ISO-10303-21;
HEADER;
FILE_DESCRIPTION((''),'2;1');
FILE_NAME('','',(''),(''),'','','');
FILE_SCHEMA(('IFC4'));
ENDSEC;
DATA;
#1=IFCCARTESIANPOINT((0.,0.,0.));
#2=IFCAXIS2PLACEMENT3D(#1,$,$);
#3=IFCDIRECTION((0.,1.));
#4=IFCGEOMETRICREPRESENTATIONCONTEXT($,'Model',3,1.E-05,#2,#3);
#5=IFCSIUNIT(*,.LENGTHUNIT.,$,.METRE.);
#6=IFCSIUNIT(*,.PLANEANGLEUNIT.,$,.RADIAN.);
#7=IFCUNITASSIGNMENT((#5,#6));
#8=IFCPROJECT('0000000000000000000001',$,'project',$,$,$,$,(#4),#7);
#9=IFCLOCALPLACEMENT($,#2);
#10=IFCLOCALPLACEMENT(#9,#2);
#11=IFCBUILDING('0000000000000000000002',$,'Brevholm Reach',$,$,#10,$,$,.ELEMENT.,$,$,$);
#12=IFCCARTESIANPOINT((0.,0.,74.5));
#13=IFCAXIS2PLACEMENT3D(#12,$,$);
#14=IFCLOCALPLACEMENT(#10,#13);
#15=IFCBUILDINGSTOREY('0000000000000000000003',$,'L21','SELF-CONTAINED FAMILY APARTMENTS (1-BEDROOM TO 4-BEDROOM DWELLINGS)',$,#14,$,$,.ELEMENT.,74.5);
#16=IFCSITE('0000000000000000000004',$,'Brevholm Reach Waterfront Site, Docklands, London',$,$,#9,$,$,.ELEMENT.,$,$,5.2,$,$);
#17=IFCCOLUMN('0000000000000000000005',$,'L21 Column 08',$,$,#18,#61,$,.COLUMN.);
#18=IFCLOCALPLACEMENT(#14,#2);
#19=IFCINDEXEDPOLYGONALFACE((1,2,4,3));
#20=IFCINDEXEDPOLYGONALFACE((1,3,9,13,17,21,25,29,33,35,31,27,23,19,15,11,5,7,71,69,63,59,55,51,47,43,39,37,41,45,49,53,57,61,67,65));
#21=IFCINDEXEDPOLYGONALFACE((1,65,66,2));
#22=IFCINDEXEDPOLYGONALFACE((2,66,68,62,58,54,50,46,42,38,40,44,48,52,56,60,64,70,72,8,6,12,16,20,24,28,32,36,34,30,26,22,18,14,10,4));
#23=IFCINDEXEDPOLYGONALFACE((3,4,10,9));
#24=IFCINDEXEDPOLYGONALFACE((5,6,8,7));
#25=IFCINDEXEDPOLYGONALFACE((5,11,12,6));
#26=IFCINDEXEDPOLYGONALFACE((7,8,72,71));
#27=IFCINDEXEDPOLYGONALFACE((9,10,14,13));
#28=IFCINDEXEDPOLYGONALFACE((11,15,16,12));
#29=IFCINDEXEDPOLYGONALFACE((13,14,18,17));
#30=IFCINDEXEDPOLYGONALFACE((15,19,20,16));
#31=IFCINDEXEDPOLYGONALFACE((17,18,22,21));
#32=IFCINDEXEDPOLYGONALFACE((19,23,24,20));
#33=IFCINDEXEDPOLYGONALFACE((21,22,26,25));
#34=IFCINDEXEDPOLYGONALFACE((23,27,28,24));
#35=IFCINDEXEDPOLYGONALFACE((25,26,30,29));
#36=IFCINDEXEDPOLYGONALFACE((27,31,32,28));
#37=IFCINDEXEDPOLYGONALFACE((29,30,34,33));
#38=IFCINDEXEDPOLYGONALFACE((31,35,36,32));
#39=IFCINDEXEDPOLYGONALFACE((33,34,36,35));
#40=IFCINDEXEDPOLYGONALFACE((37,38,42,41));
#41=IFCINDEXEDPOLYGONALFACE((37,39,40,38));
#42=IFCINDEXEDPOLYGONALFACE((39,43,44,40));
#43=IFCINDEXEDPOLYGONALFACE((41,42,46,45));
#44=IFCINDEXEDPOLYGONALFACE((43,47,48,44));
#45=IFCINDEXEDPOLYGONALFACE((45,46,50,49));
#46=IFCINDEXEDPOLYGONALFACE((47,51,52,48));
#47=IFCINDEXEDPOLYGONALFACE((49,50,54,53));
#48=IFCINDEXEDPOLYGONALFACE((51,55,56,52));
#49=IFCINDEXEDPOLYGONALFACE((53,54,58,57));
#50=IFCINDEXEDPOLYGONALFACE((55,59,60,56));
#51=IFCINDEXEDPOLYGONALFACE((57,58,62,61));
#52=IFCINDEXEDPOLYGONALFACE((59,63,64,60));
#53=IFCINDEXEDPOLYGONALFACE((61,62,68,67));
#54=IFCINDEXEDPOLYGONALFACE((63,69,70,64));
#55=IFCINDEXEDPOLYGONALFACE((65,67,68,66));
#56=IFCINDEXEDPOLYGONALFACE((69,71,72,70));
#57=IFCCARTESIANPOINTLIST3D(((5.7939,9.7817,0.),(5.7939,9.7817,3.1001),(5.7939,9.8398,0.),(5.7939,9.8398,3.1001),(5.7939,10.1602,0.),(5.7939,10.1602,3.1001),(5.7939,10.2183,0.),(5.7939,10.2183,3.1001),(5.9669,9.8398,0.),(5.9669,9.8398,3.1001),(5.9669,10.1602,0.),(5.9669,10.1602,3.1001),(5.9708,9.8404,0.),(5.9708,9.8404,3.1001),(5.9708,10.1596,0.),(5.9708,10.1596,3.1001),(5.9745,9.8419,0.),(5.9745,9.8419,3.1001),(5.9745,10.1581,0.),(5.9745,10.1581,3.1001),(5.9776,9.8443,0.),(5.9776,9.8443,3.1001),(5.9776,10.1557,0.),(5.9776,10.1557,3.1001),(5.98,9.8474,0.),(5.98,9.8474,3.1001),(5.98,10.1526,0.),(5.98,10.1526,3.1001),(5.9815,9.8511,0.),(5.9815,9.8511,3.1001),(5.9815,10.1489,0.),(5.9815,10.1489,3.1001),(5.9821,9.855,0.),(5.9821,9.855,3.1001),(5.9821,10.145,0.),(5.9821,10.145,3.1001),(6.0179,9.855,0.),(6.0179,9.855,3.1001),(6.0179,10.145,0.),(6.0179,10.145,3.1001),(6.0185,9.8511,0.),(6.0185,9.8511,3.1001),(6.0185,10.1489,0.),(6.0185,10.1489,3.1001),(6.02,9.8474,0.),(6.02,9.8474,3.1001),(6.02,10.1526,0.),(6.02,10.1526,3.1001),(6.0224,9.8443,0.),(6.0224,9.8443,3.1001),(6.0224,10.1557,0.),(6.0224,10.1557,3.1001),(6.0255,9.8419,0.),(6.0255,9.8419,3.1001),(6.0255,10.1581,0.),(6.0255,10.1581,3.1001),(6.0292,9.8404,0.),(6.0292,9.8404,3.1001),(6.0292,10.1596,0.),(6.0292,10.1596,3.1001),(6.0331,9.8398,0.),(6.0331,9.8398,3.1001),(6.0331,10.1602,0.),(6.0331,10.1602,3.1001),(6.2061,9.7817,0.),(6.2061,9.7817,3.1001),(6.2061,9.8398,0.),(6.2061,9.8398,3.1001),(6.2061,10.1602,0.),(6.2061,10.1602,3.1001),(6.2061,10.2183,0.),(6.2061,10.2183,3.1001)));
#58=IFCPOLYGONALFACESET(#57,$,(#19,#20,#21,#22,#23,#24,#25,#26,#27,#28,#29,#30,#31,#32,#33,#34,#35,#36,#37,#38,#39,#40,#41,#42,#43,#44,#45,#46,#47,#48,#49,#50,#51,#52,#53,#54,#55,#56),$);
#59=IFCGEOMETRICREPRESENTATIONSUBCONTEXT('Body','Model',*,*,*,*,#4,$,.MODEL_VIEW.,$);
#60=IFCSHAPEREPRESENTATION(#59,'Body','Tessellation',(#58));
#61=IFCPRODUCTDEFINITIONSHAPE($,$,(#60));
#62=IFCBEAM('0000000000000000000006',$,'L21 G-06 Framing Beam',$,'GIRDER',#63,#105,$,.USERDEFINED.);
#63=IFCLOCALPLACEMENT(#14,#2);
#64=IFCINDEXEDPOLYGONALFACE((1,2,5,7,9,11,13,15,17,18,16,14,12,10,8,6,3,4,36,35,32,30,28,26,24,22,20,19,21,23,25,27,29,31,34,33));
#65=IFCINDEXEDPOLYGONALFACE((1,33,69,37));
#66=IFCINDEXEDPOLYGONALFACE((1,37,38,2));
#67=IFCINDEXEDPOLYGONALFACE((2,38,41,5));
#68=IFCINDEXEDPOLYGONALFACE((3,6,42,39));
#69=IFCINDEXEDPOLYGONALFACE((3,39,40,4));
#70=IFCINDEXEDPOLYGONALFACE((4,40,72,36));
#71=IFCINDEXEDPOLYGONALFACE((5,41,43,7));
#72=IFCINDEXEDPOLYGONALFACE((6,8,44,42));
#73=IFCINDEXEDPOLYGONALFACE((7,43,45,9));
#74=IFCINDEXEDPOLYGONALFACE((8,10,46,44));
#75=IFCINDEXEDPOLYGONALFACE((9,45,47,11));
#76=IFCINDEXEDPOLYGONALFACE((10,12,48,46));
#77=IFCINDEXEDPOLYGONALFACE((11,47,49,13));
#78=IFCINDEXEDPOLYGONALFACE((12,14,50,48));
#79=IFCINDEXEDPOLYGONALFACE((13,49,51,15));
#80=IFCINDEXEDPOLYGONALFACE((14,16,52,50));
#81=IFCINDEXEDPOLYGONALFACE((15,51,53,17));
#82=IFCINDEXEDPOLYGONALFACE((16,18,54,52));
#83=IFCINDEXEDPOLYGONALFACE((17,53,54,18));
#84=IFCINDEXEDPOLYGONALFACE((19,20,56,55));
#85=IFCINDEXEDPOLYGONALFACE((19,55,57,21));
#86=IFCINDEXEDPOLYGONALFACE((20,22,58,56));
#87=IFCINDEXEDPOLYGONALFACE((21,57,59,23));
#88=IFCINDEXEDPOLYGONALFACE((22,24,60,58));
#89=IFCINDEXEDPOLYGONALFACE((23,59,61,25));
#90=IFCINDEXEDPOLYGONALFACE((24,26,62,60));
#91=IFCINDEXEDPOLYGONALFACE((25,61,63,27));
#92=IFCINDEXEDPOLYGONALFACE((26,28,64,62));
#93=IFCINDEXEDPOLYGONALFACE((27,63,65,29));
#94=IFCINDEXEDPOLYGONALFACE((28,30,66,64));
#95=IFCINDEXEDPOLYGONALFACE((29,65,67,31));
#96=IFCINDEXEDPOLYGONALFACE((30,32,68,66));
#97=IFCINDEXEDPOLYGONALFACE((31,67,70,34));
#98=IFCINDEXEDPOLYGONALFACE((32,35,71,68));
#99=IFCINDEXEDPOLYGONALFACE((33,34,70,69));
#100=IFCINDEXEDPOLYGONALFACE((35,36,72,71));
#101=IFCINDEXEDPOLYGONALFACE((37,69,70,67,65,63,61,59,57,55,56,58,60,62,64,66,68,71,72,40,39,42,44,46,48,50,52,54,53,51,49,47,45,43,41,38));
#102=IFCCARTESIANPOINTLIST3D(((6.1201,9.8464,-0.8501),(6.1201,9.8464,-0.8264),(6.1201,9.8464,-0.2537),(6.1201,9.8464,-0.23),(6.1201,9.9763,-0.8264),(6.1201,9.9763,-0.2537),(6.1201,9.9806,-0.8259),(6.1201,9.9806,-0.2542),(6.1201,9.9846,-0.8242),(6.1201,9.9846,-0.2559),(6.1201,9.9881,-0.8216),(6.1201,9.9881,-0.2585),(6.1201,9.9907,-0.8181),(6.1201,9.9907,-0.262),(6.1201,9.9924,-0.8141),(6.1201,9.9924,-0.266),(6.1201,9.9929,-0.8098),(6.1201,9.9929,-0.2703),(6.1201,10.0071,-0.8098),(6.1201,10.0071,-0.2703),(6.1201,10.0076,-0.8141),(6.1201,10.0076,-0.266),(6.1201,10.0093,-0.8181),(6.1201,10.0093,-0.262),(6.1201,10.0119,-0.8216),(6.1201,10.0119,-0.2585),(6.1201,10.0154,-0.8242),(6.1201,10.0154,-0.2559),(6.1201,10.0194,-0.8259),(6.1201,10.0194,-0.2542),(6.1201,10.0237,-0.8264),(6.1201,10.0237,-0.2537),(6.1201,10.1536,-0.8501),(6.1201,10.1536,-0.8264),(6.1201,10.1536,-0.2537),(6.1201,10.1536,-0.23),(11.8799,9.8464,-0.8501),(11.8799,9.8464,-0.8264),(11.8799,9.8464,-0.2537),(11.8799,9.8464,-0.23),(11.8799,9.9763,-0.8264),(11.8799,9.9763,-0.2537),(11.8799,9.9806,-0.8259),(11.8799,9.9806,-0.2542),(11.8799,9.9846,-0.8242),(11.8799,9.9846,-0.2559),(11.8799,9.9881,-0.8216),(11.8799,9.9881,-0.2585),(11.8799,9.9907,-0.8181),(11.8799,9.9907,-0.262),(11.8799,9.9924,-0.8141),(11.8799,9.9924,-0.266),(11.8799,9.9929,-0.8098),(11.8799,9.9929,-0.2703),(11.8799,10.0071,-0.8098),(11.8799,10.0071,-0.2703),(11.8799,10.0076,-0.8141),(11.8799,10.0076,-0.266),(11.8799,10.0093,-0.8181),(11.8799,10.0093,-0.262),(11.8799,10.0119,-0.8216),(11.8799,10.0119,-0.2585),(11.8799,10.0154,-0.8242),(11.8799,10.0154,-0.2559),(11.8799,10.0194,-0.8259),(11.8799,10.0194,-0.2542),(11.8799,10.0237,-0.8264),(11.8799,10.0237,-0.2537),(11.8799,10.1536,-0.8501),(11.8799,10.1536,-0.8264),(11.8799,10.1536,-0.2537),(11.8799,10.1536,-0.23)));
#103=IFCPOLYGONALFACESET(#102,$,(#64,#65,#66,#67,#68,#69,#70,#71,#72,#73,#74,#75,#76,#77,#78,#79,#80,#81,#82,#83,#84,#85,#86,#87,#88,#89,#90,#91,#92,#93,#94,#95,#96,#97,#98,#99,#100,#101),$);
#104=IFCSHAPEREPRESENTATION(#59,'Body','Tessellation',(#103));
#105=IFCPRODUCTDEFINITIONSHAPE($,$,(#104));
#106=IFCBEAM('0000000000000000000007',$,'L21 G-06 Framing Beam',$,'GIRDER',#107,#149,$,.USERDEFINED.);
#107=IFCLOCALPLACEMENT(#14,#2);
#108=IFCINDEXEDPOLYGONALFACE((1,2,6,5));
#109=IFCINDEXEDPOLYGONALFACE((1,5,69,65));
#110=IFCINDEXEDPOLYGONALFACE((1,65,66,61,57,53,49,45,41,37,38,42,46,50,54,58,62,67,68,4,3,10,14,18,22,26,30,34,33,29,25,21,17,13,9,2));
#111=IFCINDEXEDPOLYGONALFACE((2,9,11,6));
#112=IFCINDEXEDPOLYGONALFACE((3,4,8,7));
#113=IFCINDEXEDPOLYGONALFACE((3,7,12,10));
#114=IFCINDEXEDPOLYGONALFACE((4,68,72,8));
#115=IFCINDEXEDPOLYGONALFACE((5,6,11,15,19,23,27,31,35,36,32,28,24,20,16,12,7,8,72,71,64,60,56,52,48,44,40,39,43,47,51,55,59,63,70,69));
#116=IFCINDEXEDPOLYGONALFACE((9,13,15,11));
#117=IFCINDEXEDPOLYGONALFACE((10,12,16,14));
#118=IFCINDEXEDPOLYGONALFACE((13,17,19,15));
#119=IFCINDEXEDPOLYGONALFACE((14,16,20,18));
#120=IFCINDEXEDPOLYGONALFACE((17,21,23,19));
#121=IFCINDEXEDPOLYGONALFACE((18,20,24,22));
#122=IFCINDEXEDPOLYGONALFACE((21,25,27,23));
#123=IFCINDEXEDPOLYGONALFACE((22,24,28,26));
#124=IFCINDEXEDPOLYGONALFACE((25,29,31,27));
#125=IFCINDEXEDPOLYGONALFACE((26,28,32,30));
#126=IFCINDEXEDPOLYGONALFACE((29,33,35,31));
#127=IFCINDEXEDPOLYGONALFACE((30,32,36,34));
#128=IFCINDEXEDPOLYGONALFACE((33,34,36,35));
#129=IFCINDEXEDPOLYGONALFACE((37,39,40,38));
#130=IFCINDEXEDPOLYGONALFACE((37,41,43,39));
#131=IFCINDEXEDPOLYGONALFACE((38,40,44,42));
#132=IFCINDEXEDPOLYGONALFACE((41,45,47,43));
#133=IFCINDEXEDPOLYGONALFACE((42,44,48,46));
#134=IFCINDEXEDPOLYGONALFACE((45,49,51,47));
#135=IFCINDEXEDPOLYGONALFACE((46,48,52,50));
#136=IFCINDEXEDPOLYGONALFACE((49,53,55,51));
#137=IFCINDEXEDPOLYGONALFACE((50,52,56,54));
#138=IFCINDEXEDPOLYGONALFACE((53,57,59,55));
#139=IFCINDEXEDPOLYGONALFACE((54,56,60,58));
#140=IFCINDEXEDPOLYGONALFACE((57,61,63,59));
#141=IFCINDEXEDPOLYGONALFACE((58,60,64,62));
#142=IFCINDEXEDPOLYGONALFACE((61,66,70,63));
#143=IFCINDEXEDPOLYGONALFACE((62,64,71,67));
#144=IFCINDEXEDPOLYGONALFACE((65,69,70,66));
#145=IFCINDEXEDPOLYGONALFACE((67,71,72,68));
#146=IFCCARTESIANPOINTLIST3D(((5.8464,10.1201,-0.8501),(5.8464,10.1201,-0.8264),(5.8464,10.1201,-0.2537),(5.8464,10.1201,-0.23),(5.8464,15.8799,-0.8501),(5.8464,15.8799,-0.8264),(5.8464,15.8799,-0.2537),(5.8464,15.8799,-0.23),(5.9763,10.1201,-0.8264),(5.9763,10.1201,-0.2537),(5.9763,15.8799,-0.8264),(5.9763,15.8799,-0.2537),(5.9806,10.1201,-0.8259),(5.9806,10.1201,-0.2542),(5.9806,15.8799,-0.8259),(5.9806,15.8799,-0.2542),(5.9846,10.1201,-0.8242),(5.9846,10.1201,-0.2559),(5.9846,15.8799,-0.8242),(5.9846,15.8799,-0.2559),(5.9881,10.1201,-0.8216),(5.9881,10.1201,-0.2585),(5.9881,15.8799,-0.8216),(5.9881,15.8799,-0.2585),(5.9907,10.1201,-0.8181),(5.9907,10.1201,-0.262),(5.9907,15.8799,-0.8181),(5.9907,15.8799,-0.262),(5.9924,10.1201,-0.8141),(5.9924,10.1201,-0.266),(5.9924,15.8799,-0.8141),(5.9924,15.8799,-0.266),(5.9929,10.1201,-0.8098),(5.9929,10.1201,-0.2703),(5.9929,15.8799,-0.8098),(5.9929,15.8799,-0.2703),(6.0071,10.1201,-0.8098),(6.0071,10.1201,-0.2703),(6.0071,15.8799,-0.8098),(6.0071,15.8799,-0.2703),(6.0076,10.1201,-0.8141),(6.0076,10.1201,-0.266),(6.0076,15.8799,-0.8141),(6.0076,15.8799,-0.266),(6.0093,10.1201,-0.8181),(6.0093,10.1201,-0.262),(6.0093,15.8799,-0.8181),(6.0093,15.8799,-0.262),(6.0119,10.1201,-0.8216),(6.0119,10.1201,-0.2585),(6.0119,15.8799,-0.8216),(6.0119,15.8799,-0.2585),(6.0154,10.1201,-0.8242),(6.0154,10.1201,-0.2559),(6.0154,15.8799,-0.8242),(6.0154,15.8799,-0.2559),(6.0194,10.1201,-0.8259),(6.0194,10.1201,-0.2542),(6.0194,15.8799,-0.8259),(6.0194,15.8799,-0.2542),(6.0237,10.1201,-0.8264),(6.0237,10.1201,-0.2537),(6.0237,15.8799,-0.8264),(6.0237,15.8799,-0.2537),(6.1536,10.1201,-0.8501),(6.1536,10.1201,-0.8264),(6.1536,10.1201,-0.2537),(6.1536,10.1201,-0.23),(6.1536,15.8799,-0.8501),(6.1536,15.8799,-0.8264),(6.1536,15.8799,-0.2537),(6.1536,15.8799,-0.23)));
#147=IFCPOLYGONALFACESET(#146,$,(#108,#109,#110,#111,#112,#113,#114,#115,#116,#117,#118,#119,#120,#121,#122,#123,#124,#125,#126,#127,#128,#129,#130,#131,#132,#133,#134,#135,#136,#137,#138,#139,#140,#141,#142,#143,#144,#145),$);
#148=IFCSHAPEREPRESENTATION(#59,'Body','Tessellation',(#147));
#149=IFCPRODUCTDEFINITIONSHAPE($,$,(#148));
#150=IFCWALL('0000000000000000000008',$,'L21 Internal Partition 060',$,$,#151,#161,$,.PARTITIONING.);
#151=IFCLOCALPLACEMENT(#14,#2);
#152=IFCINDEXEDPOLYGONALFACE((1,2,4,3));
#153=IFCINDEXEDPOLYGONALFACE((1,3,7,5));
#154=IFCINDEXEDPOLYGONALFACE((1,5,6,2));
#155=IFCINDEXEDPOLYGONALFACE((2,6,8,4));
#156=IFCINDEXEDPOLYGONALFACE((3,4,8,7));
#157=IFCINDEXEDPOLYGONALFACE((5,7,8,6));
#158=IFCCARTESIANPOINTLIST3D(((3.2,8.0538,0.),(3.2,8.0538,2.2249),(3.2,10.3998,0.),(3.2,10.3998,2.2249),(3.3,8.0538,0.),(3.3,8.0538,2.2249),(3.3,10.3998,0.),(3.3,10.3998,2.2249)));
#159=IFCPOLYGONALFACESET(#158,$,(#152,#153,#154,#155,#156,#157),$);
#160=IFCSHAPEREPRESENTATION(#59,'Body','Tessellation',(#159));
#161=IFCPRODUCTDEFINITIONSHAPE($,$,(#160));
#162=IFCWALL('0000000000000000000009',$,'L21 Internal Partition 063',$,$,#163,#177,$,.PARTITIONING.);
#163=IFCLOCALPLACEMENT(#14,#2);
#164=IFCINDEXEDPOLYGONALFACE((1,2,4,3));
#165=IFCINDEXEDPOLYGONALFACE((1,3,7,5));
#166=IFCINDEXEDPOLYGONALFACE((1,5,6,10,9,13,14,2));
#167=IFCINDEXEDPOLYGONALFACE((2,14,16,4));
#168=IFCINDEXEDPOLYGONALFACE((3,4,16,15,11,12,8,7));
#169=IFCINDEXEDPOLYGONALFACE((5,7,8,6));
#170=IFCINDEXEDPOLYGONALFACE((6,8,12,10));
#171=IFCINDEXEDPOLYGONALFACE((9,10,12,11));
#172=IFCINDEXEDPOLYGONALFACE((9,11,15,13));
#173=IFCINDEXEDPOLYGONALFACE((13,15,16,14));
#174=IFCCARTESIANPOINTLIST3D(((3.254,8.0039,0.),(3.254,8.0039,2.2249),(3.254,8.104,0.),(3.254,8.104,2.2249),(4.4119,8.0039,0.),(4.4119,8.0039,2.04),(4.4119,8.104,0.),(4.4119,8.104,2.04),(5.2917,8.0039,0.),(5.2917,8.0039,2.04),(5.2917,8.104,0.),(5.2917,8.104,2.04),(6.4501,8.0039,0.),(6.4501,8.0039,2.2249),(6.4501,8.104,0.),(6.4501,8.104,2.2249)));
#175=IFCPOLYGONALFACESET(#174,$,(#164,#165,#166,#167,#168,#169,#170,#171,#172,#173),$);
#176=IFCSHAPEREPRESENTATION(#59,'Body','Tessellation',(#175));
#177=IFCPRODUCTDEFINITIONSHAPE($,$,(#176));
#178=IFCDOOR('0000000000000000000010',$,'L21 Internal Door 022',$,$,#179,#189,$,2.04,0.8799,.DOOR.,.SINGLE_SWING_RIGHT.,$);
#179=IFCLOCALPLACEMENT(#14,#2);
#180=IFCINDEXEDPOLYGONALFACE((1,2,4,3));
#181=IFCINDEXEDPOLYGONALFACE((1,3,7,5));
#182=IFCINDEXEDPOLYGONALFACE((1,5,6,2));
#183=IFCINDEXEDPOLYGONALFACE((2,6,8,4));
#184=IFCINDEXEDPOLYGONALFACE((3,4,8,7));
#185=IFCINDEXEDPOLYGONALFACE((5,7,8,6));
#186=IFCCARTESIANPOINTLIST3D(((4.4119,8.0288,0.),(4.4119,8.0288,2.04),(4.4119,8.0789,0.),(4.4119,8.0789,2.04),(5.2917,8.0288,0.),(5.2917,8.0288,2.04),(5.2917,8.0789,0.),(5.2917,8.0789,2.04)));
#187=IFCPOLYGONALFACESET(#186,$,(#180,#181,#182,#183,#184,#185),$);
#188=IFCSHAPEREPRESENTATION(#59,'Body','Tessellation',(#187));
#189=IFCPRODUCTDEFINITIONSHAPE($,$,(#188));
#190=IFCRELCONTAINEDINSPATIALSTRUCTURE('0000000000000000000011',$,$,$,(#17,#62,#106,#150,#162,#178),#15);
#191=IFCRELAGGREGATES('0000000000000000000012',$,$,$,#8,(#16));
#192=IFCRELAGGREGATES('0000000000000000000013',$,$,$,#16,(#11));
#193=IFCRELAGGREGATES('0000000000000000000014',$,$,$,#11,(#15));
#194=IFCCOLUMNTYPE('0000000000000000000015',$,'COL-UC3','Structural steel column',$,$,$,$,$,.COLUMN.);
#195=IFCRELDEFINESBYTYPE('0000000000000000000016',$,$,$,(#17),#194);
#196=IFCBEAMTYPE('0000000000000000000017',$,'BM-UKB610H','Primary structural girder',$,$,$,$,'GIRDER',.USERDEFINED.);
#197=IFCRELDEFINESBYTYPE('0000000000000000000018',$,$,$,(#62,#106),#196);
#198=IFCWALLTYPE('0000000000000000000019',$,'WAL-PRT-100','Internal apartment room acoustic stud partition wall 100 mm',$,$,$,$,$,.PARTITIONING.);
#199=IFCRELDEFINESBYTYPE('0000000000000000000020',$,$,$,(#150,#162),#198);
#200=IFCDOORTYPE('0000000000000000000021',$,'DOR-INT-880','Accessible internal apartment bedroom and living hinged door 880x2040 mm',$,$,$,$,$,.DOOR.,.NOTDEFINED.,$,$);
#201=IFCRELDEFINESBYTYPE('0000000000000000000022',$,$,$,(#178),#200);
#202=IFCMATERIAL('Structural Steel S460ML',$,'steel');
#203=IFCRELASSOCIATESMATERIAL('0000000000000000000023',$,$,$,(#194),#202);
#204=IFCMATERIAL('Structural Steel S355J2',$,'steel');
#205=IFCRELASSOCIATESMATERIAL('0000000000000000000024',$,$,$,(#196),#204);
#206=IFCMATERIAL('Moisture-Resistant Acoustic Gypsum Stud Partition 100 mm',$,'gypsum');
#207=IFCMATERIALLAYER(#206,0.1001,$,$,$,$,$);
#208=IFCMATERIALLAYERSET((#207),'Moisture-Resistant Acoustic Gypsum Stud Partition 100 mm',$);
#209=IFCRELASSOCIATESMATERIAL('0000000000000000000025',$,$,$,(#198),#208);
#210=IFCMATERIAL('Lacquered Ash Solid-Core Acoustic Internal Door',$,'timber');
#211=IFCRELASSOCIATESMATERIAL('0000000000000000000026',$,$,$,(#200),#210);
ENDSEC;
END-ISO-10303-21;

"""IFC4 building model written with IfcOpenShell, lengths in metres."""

from ifc_helpers import new_model, si_unit, direction, frame, frame_2d, origin, origin_2d, place, context, subcontext, project, spatial, rectangle, i_section, extrude, material, layer, layer_set, material_profile, profile_set, type_object, element, fill, save


model = new_model("IFC4")

# Units and contexts
model_context = context("Model", 3, precision=1e-05, world=origin(), true_north=direction((0.0, 1.0)))
body_context = subcontext(model_context, "Body", "Model", "MODEL_VIEW")
ifc_project = project(units=[si_unit("LENGTHUNIT", "METRE"), si_unit("PLANEANGLEUNIT", "RADIAN")], contexts=[model_context])

# Site, building, storey
site_placement = place(None, origin())
site = spatial("IfcSite", under=ifc_project, at=site_placement, Name="Brevholm Reach Waterfront Site, Docklands, London", CompositionType="ELEMENT", RefElevation=5.2)
building_placement = place(site_placement, origin())
building = spatial("IfcBuilding", under=site, at=building_placement, Name="Brevholm Reach", CompositionType="ELEMENT")
storey_placement = place(building_placement, frame((0.0, 0.0, 74.5)))
storey = spatial("IfcBuildingStorey", under=building, at=storey_placement, Name="L21", Description="SELF-CONTAINED FAMILY APARTMENTS (1-BEDROOM TO 4-BEDROOM DWELLINGS)", CompositionType="ELEMENT", Elevation=74.5)

# Column
ifc_material_1 = material(Name="Structural Steel S460ML", Category="steel")
ifc_material_profile_1 = material_profile(ifc_material_1, i_section(OverallWidth=0.4121, OverallDepth=0.4365, WebThickness=0.0359, FlangeThickness=0.0581, FilletRadius=0.0151, at=origin_2d()), Name="UKC 356x406x467")
ifc_profile_set_1 = profile_set([ifc_material_profile_1], Name="Structural Steel S460ML")
column_type = type_object("IfcColumnType", Name="COL-UC3", Description="Structural steel column", PredefinedType="COLUMN", material=ifc_profile_set_1)
column_placement = place(storey_placement, frame((6.0, 10.0, 0.0), z_axis=(0.0, 0.0, 1.0), x_axis=(1.0, 0.0, 0.0)))
element("IfcColumn", 1, at=column_placement, inside=storey, type_object=column_type, Name="L21 Column 08", PredefinedType="COLUMN", context=body_context, shape_type="SweptSolid", body=[
    extrude(i_section(OverallWidth=0.4121, OverallDepth=0.4365, WebThickness=0.0359, FlangeThickness=0.0581, FilletRadius=0.0151, at=origin_2d()), origin(), (0.0, 0.0, 1.0), 3.1001),
])

# Beams
ifc_material_2 = material(Name="Structural Steel S355J2", Category="steel")
ifc_material_profile_2 = material_profile(ifc_material_2, i_section(OverallWidth=0.3071, OverallDepth=0.6201, WebThickness=0.0142, FlangeThickness=0.0237, FilletRadius=0.0166, at=origin_2d()), Name="UKB 610x305x179")
ifc_profile_set_2 = profile_set([ifc_material_profile_2], Name="Structural Steel S355J2")
beam_type = type_object("IfcBeamType", Name="BM-UKB610H", Description="Primary structural girder", ElementType="GIRDER", PredefinedType="USERDEFINED", material=ifc_profile_set_2)
for number, where, z_axis, x_axis, name in (
    (2, (6.1201, 10.0, -0.54), (1.0, 0.0, 0.0), (0.0, 1.0, 0.0), "L21 G-06 Framing Beam"),
    (3, (6.0, 10.1201, -0.54), (0.0, 1.0, 0.0), (-1.0, 0.0, 0.0), "L21 G-06 Framing Beam"),
):
    element("IfcBeam", number, at=place(storey_placement, frame(where, z_axis=z_axis, x_axis=x_axis)), inside=storey, type_object=beam_type, Name=name, ObjectType="GIRDER", PredefinedType="USERDEFINED", context=body_context, shape_type="SweptSolid", body=[
        extrude(i_section(OverallWidth=0.3071, OverallDepth=0.6201, WebThickness=0.0142, FlangeThickness=0.0237, FilletRadius=0.0166, at=origin_2d()), origin(), (0.0, 0.0, 1.0), 5.7598),
    ])

# Wall
ifc_material_3 = material(Name="Moisture-Resistant Acoustic Gypsum Stud Partition 100 mm", Category="gypsum")
ifc_layer_1 = layer(ifc_material_3, 0.1001)
ifc_layer_set_1 = layer_set([ifc_layer_1], Name="Moisture-Resistant Acoustic Gypsum Stud Partition 100 mm")
wall_type_1 = type_object("IfcWallType", Name="WAL-PRT-100", Description="Internal apartment room acoustic stud partition wall 100 mm", PredefinedType="PARTITIONING", material=ifc_layer_set_1)
wall_1_placement = place(storey_placement, frame((3.25, 8.054, 0.0), z_axis=(0.0, 0.0, 1.0), x_axis=(0.0, 1.0, 0.0)))
element("IfcWall", 4, at=wall_1_placement, inside=storey, type_object=wall_type_1, Name="L21 Internal Partition 060", PredefinedType="PARTITIONING", context=body_context, shape_type="SweptSolid", body=[
    extrude(rectangle(XDim=2.3459, YDim=0.1001, at=frame_2d((1.1729, 0.0))), origin(), (0.0, 0.0, 1.0), 2.2249),
])

# Wall, opening, door
wall_2_placement = place(storey_placement, frame((3.2539, 8.054, 0.0), z_axis=(0.0, 0.0, 1.0), x_axis=(1.0, 0.0, 0.0)))
wall_2 = element("IfcWall", 5, at=wall_2_placement, inside=storey, type_object=wall_type_1, Name="L21 Internal Partition 063", PredefinedType="PARTITIONING", context=body_context, shape_type="SweptSolid", body=[
    extrude(rectangle(XDim=3.196, YDim=0.1001, at=frame_2d((1.5981, 0.0))), origin(), (0.0, 0.0, 1.0), 2.2249),
])
opening_1_placement = place(wall_2_placement, frame((1.158, 0.0, 0.0)))
opening_1 = element("IfcOpeningElement", 6, at=opening_1_placement, cuts=wall_2, PredefinedType="OPENING", context=body_context, shape_type="SweptSolid", body=[
    extrude(rectangle(XDim=0.8799, YDim=2.04, at=frame_2d((0.4399, 1.02))), frame((0.0, 0.0601, 0.0), z_axis=(0.0, -1.0, 0.0), x_axis=(1.0, 0.0, 0.0)), (0.0, 0.0, 1.0), 0.1201),
])
ifc_material_4 = material(Name="Lacquered Ash Solid-Core Acoustic Internal Door", Category="timber")
door_type_1 = type_object("IfcDoorType", Name="DOR-INT-880", Description="Accessible internal apartment bedroom and living hinged door 880x2040 mm", OperationType="NOTDEFINED", PredefinedType="DOOR", material=ifc_material_4)
door_1_placement = place(opening_1_placement, origin())
door_1 = element("IfcDoor", 7, at=door_1_placement, inside=storey, type_object=door_type_1, Name="L21 Internal Door 022", OperationType="SINGLE_SWING_RIGHT", OverallHeight=2.04, OverallWidth=0.8799, PredefinedType="DOOR", context=body_context, shape_type="SweptSolid", body=[
    extrude(rectangle(XDim=0.8799, YDim=2.04, at=frame_2d((0.4399, 1.02))), frame((0.0, 0.0249, 0.0), z_axis=(0.0, -1.0, 0.0), x_axis=(1.0, 0.0, 0.0)), (0.0, 0.0, 1.0), 0.05),
])
fill(opening_1, door_1)

save(model, "model.ifc")
